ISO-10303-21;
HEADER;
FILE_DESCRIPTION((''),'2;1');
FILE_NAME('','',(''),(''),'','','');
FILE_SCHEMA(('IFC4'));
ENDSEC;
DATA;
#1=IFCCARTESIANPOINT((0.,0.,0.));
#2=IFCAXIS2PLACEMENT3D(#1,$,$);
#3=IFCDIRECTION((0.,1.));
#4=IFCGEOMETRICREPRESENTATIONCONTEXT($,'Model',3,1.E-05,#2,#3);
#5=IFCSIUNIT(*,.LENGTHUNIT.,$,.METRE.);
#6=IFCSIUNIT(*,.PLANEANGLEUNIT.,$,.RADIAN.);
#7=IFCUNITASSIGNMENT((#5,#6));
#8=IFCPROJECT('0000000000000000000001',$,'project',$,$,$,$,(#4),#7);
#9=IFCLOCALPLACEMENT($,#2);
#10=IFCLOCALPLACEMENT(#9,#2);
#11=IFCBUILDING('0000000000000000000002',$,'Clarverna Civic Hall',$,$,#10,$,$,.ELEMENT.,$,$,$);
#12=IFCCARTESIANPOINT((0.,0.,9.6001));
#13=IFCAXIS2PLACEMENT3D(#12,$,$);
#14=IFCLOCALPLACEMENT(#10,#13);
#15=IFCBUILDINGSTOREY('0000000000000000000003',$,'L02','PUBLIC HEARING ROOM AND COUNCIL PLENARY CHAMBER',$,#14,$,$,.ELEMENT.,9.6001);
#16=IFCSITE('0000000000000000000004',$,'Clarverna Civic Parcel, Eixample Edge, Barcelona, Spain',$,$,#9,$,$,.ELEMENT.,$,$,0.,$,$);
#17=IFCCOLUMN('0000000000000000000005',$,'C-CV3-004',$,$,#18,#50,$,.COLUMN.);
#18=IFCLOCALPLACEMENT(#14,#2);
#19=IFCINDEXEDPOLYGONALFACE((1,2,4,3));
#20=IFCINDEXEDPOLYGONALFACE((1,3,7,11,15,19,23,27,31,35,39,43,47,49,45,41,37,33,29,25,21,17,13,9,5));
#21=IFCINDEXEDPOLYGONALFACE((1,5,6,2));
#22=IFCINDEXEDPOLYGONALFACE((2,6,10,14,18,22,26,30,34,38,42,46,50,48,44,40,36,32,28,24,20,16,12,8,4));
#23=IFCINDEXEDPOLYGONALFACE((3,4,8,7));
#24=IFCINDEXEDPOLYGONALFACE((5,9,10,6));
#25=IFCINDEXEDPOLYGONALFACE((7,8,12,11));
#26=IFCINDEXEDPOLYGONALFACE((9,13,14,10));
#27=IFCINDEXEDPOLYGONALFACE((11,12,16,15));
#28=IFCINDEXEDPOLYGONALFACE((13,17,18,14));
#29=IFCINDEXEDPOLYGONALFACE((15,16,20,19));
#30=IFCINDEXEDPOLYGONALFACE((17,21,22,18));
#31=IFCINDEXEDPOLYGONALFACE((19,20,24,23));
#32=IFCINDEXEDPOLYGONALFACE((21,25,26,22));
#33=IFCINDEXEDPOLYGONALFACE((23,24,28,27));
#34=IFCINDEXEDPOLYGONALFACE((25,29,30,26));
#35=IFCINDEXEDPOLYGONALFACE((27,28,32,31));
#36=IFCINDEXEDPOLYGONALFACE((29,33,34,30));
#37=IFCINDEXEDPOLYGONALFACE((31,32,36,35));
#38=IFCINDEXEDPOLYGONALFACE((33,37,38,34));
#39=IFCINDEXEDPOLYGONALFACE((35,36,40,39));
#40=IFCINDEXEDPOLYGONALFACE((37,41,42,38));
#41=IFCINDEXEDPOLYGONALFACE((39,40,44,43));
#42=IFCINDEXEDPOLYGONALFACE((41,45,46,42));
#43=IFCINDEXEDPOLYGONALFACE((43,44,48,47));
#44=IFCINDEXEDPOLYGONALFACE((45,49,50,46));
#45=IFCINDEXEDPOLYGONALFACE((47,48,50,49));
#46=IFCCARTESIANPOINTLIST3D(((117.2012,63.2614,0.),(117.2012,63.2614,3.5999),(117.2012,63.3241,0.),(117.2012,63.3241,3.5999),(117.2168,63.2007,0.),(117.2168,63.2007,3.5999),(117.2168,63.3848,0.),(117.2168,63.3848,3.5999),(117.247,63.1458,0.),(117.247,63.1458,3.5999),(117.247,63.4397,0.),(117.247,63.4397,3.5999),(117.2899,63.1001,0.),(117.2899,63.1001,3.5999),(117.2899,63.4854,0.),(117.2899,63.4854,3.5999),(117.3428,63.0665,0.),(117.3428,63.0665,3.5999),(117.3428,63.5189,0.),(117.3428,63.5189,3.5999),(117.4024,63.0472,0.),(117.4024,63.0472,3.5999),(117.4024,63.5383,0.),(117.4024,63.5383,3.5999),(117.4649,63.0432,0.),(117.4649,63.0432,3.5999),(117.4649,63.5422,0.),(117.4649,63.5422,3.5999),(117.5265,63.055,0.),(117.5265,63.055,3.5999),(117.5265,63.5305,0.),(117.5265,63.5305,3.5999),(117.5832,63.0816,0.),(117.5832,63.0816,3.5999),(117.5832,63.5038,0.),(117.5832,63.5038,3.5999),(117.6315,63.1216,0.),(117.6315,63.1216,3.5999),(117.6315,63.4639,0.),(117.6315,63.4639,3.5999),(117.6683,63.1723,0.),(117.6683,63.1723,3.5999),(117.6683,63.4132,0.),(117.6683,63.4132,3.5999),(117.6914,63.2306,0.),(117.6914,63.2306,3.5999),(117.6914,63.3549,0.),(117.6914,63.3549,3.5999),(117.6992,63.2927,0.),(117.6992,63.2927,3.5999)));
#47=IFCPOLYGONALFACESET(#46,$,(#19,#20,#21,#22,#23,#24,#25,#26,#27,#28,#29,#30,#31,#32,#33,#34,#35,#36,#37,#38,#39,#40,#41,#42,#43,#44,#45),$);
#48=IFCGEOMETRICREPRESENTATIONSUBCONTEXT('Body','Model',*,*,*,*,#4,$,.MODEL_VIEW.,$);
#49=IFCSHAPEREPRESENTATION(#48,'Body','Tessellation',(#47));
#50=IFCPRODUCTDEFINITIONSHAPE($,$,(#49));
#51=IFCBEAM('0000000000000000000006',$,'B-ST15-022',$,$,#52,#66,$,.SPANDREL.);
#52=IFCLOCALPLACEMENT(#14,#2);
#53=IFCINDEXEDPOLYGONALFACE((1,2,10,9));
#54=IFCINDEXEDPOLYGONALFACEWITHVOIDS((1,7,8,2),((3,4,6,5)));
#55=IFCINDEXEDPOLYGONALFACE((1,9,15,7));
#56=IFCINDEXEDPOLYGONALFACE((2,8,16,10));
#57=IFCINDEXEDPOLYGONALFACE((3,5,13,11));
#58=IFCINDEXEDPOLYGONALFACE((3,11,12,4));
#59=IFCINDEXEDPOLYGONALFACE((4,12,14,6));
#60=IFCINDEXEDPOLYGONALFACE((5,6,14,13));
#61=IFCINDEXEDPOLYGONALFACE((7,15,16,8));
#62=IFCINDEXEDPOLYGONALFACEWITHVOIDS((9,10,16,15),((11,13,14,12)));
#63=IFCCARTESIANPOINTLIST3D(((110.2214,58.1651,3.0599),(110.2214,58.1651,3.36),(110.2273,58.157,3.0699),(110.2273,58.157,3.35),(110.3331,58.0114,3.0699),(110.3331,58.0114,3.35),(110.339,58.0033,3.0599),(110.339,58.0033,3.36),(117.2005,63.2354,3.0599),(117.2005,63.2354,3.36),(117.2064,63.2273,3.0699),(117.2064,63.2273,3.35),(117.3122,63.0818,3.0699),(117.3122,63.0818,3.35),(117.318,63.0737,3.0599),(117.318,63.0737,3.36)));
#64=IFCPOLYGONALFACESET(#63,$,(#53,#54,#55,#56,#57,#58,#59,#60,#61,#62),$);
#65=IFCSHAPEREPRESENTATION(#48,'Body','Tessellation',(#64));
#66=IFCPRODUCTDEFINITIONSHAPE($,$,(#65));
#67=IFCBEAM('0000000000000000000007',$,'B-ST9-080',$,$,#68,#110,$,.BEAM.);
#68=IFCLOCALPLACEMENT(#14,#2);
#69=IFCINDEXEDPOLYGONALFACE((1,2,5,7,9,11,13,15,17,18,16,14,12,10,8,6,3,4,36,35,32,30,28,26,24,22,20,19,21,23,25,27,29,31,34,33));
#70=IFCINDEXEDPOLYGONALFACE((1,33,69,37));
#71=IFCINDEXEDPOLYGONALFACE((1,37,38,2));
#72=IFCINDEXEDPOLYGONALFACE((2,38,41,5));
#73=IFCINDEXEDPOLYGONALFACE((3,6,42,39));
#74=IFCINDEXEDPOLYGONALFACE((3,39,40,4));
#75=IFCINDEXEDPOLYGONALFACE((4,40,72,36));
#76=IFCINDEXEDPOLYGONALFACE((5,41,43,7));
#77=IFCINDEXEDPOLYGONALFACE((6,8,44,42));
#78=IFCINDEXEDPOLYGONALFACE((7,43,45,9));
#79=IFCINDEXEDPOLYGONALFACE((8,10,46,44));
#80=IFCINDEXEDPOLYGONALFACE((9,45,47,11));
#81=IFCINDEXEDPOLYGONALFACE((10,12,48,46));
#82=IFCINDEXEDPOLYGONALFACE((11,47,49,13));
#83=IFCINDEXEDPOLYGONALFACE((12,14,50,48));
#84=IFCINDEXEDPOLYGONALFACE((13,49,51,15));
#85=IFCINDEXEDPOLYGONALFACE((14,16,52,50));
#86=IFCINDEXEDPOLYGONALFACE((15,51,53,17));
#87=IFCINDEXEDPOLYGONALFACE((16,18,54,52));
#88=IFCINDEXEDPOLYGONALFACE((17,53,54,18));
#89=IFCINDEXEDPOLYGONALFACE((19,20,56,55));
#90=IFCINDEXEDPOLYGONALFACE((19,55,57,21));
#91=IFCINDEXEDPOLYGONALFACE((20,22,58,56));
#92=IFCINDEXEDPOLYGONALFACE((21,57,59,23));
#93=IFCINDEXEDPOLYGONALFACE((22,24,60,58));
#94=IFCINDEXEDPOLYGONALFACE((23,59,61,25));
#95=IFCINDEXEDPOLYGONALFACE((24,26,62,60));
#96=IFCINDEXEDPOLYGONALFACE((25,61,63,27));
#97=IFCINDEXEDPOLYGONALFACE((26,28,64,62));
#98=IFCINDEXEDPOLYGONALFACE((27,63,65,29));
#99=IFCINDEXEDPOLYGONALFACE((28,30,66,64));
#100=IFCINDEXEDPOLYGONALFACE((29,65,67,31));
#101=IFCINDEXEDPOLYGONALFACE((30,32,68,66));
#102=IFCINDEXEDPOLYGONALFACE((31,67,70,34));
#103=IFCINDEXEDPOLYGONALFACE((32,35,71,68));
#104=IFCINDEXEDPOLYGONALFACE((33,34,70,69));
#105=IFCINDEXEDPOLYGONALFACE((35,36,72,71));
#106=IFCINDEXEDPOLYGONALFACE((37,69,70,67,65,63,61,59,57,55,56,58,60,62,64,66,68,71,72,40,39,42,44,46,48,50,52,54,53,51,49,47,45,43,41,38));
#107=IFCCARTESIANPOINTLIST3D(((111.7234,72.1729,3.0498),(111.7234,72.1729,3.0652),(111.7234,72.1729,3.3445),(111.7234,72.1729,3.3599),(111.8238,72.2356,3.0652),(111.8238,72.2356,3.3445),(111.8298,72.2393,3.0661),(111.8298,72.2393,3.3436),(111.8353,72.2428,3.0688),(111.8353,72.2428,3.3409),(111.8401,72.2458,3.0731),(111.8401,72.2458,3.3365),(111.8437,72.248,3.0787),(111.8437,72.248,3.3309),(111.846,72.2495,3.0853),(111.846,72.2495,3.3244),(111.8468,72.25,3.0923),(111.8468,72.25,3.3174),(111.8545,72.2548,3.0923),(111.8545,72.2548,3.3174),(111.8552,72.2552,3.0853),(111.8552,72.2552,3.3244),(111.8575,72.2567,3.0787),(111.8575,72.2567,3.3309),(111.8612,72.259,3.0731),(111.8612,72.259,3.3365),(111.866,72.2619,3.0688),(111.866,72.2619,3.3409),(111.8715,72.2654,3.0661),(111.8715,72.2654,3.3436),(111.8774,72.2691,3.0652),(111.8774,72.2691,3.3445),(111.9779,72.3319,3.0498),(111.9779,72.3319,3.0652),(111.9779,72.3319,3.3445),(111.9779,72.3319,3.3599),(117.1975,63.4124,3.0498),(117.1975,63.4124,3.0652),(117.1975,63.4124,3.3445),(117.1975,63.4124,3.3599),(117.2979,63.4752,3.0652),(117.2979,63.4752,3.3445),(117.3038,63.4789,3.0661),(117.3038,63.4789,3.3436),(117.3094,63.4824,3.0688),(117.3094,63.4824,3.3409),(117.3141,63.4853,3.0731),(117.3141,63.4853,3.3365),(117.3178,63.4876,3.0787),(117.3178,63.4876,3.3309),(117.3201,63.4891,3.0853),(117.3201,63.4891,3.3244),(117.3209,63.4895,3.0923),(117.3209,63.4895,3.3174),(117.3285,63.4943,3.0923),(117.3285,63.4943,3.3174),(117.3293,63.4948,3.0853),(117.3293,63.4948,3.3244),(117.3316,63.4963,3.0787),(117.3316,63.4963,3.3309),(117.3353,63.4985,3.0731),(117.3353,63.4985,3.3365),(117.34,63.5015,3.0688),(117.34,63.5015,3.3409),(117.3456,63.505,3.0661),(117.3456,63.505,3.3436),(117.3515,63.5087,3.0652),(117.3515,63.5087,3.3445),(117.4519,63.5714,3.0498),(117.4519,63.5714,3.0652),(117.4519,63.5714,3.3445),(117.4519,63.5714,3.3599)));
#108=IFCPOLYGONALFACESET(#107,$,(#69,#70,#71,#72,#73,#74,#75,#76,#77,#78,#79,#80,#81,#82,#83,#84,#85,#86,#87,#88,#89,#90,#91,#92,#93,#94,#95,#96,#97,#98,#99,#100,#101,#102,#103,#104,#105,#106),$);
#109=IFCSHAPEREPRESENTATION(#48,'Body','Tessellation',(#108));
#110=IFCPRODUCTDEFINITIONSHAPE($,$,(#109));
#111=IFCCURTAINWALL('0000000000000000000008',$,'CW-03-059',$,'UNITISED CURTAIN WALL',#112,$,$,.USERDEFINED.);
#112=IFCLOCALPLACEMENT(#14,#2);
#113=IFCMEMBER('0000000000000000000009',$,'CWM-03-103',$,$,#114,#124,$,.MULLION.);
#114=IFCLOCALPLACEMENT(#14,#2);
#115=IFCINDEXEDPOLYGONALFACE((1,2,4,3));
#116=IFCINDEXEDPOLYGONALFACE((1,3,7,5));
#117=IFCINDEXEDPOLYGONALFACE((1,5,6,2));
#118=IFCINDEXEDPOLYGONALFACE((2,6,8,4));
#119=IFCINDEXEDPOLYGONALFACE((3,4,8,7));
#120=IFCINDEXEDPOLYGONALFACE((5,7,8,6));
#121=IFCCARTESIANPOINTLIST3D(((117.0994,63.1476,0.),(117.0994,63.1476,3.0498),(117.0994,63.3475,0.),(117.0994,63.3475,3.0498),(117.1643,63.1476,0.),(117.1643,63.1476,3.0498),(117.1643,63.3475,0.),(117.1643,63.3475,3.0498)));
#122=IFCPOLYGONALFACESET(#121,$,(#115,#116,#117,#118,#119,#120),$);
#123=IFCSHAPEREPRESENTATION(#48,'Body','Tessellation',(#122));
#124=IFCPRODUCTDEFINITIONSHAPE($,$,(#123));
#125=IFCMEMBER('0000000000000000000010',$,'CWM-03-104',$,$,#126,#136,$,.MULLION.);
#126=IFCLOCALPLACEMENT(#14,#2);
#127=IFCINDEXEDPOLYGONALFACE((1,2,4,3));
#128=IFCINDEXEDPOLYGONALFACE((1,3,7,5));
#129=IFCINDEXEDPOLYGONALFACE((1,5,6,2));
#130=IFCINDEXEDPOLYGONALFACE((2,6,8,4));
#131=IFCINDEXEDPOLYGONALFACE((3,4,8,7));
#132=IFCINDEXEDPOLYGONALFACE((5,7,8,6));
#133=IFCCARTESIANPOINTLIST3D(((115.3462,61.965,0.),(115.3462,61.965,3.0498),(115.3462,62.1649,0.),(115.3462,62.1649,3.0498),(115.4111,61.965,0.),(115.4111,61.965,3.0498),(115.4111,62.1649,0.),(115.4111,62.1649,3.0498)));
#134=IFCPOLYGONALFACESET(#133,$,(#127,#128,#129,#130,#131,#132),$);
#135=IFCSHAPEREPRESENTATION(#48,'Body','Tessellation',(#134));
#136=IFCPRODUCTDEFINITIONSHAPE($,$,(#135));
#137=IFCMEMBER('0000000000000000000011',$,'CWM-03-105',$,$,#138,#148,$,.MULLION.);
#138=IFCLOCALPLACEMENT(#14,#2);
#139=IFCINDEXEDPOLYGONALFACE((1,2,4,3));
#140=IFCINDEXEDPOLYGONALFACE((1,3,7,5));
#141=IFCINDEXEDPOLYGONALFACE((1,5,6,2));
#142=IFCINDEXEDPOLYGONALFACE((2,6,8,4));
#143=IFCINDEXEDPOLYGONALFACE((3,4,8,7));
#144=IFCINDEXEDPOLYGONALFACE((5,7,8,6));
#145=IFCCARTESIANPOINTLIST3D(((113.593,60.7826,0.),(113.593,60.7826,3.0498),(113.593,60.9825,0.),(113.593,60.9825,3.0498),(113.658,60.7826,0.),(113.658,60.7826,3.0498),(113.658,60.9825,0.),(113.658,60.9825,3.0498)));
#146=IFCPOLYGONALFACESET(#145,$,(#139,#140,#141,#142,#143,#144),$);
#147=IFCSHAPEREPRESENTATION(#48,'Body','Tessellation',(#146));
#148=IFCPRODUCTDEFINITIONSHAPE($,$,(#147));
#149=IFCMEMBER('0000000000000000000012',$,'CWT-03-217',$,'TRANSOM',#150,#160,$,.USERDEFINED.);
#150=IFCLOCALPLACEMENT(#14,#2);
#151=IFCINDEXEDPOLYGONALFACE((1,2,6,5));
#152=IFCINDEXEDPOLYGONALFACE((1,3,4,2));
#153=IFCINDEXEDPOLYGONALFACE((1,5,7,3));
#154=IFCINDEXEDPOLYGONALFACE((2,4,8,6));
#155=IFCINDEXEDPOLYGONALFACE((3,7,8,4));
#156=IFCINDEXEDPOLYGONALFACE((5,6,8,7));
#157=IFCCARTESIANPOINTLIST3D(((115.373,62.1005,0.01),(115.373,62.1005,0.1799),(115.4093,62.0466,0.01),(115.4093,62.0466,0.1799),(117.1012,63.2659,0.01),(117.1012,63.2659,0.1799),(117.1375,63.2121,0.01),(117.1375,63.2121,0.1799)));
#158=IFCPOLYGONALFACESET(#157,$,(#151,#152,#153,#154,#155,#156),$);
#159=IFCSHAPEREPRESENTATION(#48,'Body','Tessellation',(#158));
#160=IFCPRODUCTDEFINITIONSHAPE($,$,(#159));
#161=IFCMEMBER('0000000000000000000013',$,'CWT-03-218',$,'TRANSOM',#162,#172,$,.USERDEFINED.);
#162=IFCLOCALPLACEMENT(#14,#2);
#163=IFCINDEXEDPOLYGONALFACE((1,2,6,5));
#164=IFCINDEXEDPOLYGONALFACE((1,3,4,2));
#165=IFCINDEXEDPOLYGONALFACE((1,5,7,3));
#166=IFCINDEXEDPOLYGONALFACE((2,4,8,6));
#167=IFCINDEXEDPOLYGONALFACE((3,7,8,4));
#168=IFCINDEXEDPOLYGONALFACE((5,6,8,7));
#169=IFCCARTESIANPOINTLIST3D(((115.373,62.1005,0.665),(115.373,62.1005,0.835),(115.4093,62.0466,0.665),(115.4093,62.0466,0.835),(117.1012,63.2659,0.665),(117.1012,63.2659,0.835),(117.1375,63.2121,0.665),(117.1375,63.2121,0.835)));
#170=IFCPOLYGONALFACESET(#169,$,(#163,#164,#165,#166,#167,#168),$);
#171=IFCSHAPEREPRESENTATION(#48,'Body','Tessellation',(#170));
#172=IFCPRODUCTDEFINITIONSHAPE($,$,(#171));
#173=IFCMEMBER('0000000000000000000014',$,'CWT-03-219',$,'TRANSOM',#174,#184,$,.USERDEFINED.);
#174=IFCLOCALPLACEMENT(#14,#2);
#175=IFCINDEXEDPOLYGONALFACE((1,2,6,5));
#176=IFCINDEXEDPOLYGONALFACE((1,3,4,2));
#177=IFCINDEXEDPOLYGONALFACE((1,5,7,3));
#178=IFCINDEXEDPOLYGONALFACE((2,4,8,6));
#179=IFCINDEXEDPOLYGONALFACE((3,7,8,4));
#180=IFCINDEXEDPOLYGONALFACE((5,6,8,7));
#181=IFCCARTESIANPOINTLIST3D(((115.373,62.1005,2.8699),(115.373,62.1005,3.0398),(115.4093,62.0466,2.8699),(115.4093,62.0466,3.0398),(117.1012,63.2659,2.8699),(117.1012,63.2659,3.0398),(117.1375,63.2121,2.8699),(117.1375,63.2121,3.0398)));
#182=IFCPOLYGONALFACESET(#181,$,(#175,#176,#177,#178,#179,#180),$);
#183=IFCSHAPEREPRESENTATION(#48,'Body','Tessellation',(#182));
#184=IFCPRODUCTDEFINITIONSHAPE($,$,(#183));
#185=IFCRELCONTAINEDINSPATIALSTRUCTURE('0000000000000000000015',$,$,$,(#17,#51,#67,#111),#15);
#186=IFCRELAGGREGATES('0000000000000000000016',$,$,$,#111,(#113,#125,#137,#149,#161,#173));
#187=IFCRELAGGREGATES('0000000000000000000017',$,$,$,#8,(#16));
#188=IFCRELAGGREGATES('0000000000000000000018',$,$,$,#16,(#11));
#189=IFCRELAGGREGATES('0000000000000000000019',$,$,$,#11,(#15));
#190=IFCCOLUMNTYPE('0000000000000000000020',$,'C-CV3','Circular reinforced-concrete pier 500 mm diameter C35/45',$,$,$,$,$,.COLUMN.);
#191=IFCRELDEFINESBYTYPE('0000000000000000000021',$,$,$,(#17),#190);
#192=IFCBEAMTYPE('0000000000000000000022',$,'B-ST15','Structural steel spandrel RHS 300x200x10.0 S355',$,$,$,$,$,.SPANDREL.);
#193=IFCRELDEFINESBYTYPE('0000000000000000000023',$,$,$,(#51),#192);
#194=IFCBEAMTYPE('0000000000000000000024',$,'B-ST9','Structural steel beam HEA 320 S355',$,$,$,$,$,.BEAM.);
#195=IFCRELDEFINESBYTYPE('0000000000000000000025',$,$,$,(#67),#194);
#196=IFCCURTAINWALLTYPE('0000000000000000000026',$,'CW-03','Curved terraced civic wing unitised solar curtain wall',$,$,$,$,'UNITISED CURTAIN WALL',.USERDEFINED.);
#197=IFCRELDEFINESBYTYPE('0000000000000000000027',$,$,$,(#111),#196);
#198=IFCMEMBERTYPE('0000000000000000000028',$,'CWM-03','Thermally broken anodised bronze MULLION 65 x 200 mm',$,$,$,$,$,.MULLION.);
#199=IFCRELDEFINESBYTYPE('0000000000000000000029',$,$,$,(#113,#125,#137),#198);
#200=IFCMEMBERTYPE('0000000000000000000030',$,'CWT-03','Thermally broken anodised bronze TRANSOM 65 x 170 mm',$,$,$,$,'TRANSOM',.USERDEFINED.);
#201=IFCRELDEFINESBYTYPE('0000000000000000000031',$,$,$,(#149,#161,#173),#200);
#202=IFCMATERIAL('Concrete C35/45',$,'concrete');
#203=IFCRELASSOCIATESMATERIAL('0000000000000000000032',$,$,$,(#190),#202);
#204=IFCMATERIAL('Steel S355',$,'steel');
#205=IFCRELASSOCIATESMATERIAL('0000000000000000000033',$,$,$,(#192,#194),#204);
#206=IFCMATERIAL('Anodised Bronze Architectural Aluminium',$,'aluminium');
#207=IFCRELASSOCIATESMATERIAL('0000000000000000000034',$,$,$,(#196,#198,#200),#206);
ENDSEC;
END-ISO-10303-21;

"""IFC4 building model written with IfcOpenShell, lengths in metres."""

from ifc_helpers import new_model, si_unit, direction, frame, origin, origin_2d, place, context, subcontext, project, spatial, rectangle, hollow_rectangle, circle, i_section, extrude, material, material_profile, profile_set, type_object, element, aggregate, save


model = new_model("IFC4")

# Units and contexts
model_context = context("Model", 3, precision=1e-05, world=origin(), true_north=direction((0.0, 1.0)))
body_context = subcontext(model_context, "Body", "Model", "MODEL_VIEW")
ifc_project = project(units=[si_unit("LENGTHUNIT", "METRE"), si_unit("PLANEANGLEUNIT", "RADIAN")], contexts=[model_context])

# Site, building, storey
site_placement = place(None, origin())
site = spatial("IfcSite", under=ifc_project, at=site_placement, Name="Clarverna Civic Parcel, Eixample Edge, Barcelona, Spain", CompositionType="ELEMENT", RefElevation=0.0)
building_placement = place(site_placement, origin())
building = spatial("IfcBuilding", under=site, at=building_placement, Name="Clarverna Civic Hall", CompositionType="ELEMENT")
storey_placement = place(building_placement, frame((0.0, 0.0, 9.6001)))
storey = spatial("IfcBuildingStorey", under=building, at=storey_placement, Name="L02", Description="PUBLIC HEARING ROOM AND COUNCIL PLENARY CHAMBER", CompositionType="ELEMENT", Elevation=9.6001)

# Column
ifc_material_1 = material(Name="Concrete C35/45", Category="concrete")
ifc_material_profile_1 = material_profile(ifc_material_1, circle(Radius=0.25, at=origin_2d()), Name="RC D500")
ifc_profile_set_1 = profile_set([ifc_material_profile_1], Name="Concrete C35/45")
column_type = type_object("IfcColumnType", Name="C-CV3", Description="Circular reinforced-concrete pier 500 mm diameter C35/45", PredefinedType="COLUMN", material=ifc_profile_set_1)
column_placement = place(storey_placement, frame((117.4492, 63.2927, 0.0), z_axis=(0.0, 0.0, 1.0), x_axis=(1.0, 0.0, 0.0)))
element("IfcColumn", 1, at=column_placement, inside=storey, type_object=column_type, Name="C-CV3-004", PredefinedType="COLUMN", context=body_context, shape_type="SweptSolid", body=[
    extrude(circle(Radius=0.25, at=origin_2d()), origin(), (0.0, 0.0, 1.0), 3.5999),
])

# Beams
ifc_material_2 = material(Name="Steel S355", Category="steel")
ifc_material_profile_2 = material_profile(ifc_material_2, hollow_rectangle(XDim=0.2, YDim=0.3, WallThickness=0.01, at=origin_2d()), Name="RHS 300x200x10.0")
ifc_profile_set_2 = profile_set([ifc_material_profile_2], Name="Steel S355")
beam_type_1 = type_object("IfcBeamType", Name="B-ST15", Description="Structural steel spandrel RHS 300x200x10.0 S355", PredefinedType="SPANDREL", material=ifc_profile_set_2)
beam_1_placement = place(storey_placement, frame((117.2593, 63.1545, 3.21), z_axis=(-0.80903, -0.587768, 0.0), x_axis=(0.587768, -0.80903, 0.0)))
element("IfcBeam", 2, at=beam_1_placement, inside=storey, type_object=beam_type_1, Name="B-ST15-022", PredefinedType="SPANDREL", context=body_context, shape_type="SweptSolid", body=[
    extrude(hollow_rectangle(XDim=0.2, YDim=0.3, WallThickness=0.01, at=origin_2d()), origin(), (0.0, 0.0, 1.0), 8.6265),
])
ifc_material_profile_3 = material_profile(ifc_material_2, i_section(OverallWidth=0.3, OverallDepth=0.3101, WebThickness=0.009, FlangeThickness=0.0154, FilletRadius=0.0271, at=origin_2d()), Name="HEA 320")
ifc_profile_set_3 = profile_set([ifc_material_profile_3], Name="Steel S355")
beam_type_2 = type_object("IfcBeamType", Name="B-ST9", Description="Structural steel beam HEA 320 S355", PredefinedType="BEAM", material=ifc_profile_set_3)
beam_2_placement = place(storey_placement, frame((117.3247, 63.4919, 3.2048), z_axis=(-0.529916, 0.84805, 0.0), x_axis=(-0.84805, -0.529916, 0.0)))
element("IfcBeam", 3, at=beam_2_placement, inside=storey, type_object=beam_type_2, Name="B-ST9-080", PredefinedType="BEAM", context=body_context, shape_type="SweptSolid", body=[
    extrude(i_section(OverallWidth=0.3, OverallDepth=0.3101, WebThickness=0.009, FlangeThickness=0.0154, FilletRadius=0.0271, at=origin_2d()), origin(), (0.0, 0.0, 1.0), 10.3301),
])

# Curtain wall, members
ifc_material_3 = material(Name="Anodised Bronze Architectural Aluminium", Category="aluminium")
curtain_wall_type = type_object("IfcCurtainWallType", Name="CW-03", Description="Curved terraced civic wing unitised solar curtain wall", ElementType="UNITISED CURTAIN WALL", PredefinedType="USERDEFINED", material=ifc_material_3)
curtain_wall_placement = place(storey_placement, origin())
curtain_wall = element("IfcCurtainWall", 4, at=curtain_wall_placement, inside=storey, type_object=curtain_wall_type, Name="CW-03-059", ObjectType="UNITISED CURTAIN WALL", PredefinedType="USERDEFINED")
ifc_material_profile_4 = material_profile(ifc_material_3, rectangle(XDim=0.0649, YDim=0.2, at=origin_2d()), Name="BRONZE 65x200")
ifc_profile_set_4 = profile_set([ifc_material_profile_4], Name="Anodised Bronze Architectural Aluminium")
member_type_1 = type_object("IfcMemberType", Name="CWM-03", Description="Thermally broken anodised bronze MULLION 65 x 200 mm", PredefinedType="MULLION", material=ifc_profile_set_4)
member_1_placement = place(storey_placement, frame((117.1318, 63.2476, 0.0), z_axis=(0.0, 0.0, 1.0), x_axis=(1.0, 0.0, 0.0)))
member_1 = element("IfcMember", 5, at=member_1_placement, type_object=member_type_1, Name="CWM-03-103", PredefinedType="MULLION", context=body_context, shape_type="SweptSolid", body=[
    extrude(rectangle(XDim=0.0649, YDim=0.2, at=origin_2d()), origin(), (0.0, 0.0, 1.0), 3.0498),
])
member_2_placement = place(storey_placement, frame((115.3787, 62.0649, 0.0), z_axis=(0.0, 0.0, 1.0), x_axis=(1.0, 0.0, 0.0)))
member_2 = element("IfcMember", 6, at=member_2_placement, type_object=member_type_1, Name="CWM-03-104", PredefinedType="MULLION", context=body_context, shape_type="SweptSolid", body=[
    extrude(rectangle(XDim=0.0649, YDim=0.2, at=origin_2d()), origin(), (0.0, 0.0, 1.0), 3.0498),
])
member_3_placement = place(storey_placement, frame((113.6255, 60.8826, 0.0), z_axis=(0.0, 0.0, 1.0), x_axis=(1.0, 0.0, 0.0)))
member_3 = element("IfcMember", 7, at=member_3_placement, type_object=member_type_1, Name="CWM-03-105", PredefinedType="MULLION", context=body_context, shape_type="SweptSolid", body=[
    extrude(rectangle(XDim=0.0649, YDim=0.2, at=origin_2d()), origin(), (0.0, 0.0, 1.0), 3.0498),
])
ifc_material_profile_5 = material_profile(ifc_material_3, rectangle(XDim=0.0649, YDim=0.1699, at=origin_2d()), Name="BRONZE 65x170")
ifc_profile_set_5 = profile_set([ifc_material_profile_5], Name="Anodised Bronze Architectural Aluminium")
member_type_2 = type_object("IfcMemberType", Name="CWT-03", Description="Thermally broken anodised bronze TRANSOM 65 x 170 mm", ElementType="TRANSOM", PredefinedType="USERDEFINED", material=ifc_profile_set_5)
member_4_placement = place(storey_placement, frame((117.1194, 63.239, 0.095), z_axis=(-0.829083, -0.559125, 0.0), x_axis=(0.559125, -0.829083, 0.0)))
member_4 = element("IfcMember", 8, at=member_4_placement, type_object=member_type_2, Name="CWT-03-217", ObjectType="TRANSOM", PredefinedType="USERDEFINED", context=body_context, shape_type="SweptSolid", body=[
    extrude(rectangle(XDim=0.0649, YDim=0.1699, at=origin_2d()), origin(), (0.0, 0.0, 1.0), 2.0845),
])
member_5_placement = place(storey_placement, frame((117.1194, 63.239, 0.75), z_axis=(-0.829083, -0.559125, 0.0), x_axis=(0.559125, -0.829083, 0.0)))
member_5 = element("IfcMember", 9, at=member_5_placement, type_object=member_type_2, Name="CWT-03-218", ObjectType="TRANSOM", PredefinedType="USERDEFINED", context=body_context, shape_type="SweptSolid", body=[
    extrude(rectangle(XDim=0.0649, YDim=0.1699, at=origin_2d()), origin(), (0.0, 0.0, 1.0), 2.0845),
])
member_6_placement = place(storey_placement, frame((117.1194, 63.239, 2.9548), z_axis=(-0.829083, -0.559125, 0.0), x_axis=(0.559125, -0.829083, 0.0)))
member_6 = element("IfcMember", 10, at=member_6_placement, type_object=member_type_2, Name="CWT-03-219", ObjectType="TRANSOM", PredefinedType="USERDEFINED", context=body_context, shape_type="SweptSolid", body=[
    extrude(rectangle(XDim=0.0649, YDim=0.1699, at=origin_2d()), origin(), (0.0, 0.0, 1.0), 2.0845),
])
aggregate(curtain_wall, [member_1, member_2, member_3, member_4, member_5, member_6])

save(model, "model.ifc")
